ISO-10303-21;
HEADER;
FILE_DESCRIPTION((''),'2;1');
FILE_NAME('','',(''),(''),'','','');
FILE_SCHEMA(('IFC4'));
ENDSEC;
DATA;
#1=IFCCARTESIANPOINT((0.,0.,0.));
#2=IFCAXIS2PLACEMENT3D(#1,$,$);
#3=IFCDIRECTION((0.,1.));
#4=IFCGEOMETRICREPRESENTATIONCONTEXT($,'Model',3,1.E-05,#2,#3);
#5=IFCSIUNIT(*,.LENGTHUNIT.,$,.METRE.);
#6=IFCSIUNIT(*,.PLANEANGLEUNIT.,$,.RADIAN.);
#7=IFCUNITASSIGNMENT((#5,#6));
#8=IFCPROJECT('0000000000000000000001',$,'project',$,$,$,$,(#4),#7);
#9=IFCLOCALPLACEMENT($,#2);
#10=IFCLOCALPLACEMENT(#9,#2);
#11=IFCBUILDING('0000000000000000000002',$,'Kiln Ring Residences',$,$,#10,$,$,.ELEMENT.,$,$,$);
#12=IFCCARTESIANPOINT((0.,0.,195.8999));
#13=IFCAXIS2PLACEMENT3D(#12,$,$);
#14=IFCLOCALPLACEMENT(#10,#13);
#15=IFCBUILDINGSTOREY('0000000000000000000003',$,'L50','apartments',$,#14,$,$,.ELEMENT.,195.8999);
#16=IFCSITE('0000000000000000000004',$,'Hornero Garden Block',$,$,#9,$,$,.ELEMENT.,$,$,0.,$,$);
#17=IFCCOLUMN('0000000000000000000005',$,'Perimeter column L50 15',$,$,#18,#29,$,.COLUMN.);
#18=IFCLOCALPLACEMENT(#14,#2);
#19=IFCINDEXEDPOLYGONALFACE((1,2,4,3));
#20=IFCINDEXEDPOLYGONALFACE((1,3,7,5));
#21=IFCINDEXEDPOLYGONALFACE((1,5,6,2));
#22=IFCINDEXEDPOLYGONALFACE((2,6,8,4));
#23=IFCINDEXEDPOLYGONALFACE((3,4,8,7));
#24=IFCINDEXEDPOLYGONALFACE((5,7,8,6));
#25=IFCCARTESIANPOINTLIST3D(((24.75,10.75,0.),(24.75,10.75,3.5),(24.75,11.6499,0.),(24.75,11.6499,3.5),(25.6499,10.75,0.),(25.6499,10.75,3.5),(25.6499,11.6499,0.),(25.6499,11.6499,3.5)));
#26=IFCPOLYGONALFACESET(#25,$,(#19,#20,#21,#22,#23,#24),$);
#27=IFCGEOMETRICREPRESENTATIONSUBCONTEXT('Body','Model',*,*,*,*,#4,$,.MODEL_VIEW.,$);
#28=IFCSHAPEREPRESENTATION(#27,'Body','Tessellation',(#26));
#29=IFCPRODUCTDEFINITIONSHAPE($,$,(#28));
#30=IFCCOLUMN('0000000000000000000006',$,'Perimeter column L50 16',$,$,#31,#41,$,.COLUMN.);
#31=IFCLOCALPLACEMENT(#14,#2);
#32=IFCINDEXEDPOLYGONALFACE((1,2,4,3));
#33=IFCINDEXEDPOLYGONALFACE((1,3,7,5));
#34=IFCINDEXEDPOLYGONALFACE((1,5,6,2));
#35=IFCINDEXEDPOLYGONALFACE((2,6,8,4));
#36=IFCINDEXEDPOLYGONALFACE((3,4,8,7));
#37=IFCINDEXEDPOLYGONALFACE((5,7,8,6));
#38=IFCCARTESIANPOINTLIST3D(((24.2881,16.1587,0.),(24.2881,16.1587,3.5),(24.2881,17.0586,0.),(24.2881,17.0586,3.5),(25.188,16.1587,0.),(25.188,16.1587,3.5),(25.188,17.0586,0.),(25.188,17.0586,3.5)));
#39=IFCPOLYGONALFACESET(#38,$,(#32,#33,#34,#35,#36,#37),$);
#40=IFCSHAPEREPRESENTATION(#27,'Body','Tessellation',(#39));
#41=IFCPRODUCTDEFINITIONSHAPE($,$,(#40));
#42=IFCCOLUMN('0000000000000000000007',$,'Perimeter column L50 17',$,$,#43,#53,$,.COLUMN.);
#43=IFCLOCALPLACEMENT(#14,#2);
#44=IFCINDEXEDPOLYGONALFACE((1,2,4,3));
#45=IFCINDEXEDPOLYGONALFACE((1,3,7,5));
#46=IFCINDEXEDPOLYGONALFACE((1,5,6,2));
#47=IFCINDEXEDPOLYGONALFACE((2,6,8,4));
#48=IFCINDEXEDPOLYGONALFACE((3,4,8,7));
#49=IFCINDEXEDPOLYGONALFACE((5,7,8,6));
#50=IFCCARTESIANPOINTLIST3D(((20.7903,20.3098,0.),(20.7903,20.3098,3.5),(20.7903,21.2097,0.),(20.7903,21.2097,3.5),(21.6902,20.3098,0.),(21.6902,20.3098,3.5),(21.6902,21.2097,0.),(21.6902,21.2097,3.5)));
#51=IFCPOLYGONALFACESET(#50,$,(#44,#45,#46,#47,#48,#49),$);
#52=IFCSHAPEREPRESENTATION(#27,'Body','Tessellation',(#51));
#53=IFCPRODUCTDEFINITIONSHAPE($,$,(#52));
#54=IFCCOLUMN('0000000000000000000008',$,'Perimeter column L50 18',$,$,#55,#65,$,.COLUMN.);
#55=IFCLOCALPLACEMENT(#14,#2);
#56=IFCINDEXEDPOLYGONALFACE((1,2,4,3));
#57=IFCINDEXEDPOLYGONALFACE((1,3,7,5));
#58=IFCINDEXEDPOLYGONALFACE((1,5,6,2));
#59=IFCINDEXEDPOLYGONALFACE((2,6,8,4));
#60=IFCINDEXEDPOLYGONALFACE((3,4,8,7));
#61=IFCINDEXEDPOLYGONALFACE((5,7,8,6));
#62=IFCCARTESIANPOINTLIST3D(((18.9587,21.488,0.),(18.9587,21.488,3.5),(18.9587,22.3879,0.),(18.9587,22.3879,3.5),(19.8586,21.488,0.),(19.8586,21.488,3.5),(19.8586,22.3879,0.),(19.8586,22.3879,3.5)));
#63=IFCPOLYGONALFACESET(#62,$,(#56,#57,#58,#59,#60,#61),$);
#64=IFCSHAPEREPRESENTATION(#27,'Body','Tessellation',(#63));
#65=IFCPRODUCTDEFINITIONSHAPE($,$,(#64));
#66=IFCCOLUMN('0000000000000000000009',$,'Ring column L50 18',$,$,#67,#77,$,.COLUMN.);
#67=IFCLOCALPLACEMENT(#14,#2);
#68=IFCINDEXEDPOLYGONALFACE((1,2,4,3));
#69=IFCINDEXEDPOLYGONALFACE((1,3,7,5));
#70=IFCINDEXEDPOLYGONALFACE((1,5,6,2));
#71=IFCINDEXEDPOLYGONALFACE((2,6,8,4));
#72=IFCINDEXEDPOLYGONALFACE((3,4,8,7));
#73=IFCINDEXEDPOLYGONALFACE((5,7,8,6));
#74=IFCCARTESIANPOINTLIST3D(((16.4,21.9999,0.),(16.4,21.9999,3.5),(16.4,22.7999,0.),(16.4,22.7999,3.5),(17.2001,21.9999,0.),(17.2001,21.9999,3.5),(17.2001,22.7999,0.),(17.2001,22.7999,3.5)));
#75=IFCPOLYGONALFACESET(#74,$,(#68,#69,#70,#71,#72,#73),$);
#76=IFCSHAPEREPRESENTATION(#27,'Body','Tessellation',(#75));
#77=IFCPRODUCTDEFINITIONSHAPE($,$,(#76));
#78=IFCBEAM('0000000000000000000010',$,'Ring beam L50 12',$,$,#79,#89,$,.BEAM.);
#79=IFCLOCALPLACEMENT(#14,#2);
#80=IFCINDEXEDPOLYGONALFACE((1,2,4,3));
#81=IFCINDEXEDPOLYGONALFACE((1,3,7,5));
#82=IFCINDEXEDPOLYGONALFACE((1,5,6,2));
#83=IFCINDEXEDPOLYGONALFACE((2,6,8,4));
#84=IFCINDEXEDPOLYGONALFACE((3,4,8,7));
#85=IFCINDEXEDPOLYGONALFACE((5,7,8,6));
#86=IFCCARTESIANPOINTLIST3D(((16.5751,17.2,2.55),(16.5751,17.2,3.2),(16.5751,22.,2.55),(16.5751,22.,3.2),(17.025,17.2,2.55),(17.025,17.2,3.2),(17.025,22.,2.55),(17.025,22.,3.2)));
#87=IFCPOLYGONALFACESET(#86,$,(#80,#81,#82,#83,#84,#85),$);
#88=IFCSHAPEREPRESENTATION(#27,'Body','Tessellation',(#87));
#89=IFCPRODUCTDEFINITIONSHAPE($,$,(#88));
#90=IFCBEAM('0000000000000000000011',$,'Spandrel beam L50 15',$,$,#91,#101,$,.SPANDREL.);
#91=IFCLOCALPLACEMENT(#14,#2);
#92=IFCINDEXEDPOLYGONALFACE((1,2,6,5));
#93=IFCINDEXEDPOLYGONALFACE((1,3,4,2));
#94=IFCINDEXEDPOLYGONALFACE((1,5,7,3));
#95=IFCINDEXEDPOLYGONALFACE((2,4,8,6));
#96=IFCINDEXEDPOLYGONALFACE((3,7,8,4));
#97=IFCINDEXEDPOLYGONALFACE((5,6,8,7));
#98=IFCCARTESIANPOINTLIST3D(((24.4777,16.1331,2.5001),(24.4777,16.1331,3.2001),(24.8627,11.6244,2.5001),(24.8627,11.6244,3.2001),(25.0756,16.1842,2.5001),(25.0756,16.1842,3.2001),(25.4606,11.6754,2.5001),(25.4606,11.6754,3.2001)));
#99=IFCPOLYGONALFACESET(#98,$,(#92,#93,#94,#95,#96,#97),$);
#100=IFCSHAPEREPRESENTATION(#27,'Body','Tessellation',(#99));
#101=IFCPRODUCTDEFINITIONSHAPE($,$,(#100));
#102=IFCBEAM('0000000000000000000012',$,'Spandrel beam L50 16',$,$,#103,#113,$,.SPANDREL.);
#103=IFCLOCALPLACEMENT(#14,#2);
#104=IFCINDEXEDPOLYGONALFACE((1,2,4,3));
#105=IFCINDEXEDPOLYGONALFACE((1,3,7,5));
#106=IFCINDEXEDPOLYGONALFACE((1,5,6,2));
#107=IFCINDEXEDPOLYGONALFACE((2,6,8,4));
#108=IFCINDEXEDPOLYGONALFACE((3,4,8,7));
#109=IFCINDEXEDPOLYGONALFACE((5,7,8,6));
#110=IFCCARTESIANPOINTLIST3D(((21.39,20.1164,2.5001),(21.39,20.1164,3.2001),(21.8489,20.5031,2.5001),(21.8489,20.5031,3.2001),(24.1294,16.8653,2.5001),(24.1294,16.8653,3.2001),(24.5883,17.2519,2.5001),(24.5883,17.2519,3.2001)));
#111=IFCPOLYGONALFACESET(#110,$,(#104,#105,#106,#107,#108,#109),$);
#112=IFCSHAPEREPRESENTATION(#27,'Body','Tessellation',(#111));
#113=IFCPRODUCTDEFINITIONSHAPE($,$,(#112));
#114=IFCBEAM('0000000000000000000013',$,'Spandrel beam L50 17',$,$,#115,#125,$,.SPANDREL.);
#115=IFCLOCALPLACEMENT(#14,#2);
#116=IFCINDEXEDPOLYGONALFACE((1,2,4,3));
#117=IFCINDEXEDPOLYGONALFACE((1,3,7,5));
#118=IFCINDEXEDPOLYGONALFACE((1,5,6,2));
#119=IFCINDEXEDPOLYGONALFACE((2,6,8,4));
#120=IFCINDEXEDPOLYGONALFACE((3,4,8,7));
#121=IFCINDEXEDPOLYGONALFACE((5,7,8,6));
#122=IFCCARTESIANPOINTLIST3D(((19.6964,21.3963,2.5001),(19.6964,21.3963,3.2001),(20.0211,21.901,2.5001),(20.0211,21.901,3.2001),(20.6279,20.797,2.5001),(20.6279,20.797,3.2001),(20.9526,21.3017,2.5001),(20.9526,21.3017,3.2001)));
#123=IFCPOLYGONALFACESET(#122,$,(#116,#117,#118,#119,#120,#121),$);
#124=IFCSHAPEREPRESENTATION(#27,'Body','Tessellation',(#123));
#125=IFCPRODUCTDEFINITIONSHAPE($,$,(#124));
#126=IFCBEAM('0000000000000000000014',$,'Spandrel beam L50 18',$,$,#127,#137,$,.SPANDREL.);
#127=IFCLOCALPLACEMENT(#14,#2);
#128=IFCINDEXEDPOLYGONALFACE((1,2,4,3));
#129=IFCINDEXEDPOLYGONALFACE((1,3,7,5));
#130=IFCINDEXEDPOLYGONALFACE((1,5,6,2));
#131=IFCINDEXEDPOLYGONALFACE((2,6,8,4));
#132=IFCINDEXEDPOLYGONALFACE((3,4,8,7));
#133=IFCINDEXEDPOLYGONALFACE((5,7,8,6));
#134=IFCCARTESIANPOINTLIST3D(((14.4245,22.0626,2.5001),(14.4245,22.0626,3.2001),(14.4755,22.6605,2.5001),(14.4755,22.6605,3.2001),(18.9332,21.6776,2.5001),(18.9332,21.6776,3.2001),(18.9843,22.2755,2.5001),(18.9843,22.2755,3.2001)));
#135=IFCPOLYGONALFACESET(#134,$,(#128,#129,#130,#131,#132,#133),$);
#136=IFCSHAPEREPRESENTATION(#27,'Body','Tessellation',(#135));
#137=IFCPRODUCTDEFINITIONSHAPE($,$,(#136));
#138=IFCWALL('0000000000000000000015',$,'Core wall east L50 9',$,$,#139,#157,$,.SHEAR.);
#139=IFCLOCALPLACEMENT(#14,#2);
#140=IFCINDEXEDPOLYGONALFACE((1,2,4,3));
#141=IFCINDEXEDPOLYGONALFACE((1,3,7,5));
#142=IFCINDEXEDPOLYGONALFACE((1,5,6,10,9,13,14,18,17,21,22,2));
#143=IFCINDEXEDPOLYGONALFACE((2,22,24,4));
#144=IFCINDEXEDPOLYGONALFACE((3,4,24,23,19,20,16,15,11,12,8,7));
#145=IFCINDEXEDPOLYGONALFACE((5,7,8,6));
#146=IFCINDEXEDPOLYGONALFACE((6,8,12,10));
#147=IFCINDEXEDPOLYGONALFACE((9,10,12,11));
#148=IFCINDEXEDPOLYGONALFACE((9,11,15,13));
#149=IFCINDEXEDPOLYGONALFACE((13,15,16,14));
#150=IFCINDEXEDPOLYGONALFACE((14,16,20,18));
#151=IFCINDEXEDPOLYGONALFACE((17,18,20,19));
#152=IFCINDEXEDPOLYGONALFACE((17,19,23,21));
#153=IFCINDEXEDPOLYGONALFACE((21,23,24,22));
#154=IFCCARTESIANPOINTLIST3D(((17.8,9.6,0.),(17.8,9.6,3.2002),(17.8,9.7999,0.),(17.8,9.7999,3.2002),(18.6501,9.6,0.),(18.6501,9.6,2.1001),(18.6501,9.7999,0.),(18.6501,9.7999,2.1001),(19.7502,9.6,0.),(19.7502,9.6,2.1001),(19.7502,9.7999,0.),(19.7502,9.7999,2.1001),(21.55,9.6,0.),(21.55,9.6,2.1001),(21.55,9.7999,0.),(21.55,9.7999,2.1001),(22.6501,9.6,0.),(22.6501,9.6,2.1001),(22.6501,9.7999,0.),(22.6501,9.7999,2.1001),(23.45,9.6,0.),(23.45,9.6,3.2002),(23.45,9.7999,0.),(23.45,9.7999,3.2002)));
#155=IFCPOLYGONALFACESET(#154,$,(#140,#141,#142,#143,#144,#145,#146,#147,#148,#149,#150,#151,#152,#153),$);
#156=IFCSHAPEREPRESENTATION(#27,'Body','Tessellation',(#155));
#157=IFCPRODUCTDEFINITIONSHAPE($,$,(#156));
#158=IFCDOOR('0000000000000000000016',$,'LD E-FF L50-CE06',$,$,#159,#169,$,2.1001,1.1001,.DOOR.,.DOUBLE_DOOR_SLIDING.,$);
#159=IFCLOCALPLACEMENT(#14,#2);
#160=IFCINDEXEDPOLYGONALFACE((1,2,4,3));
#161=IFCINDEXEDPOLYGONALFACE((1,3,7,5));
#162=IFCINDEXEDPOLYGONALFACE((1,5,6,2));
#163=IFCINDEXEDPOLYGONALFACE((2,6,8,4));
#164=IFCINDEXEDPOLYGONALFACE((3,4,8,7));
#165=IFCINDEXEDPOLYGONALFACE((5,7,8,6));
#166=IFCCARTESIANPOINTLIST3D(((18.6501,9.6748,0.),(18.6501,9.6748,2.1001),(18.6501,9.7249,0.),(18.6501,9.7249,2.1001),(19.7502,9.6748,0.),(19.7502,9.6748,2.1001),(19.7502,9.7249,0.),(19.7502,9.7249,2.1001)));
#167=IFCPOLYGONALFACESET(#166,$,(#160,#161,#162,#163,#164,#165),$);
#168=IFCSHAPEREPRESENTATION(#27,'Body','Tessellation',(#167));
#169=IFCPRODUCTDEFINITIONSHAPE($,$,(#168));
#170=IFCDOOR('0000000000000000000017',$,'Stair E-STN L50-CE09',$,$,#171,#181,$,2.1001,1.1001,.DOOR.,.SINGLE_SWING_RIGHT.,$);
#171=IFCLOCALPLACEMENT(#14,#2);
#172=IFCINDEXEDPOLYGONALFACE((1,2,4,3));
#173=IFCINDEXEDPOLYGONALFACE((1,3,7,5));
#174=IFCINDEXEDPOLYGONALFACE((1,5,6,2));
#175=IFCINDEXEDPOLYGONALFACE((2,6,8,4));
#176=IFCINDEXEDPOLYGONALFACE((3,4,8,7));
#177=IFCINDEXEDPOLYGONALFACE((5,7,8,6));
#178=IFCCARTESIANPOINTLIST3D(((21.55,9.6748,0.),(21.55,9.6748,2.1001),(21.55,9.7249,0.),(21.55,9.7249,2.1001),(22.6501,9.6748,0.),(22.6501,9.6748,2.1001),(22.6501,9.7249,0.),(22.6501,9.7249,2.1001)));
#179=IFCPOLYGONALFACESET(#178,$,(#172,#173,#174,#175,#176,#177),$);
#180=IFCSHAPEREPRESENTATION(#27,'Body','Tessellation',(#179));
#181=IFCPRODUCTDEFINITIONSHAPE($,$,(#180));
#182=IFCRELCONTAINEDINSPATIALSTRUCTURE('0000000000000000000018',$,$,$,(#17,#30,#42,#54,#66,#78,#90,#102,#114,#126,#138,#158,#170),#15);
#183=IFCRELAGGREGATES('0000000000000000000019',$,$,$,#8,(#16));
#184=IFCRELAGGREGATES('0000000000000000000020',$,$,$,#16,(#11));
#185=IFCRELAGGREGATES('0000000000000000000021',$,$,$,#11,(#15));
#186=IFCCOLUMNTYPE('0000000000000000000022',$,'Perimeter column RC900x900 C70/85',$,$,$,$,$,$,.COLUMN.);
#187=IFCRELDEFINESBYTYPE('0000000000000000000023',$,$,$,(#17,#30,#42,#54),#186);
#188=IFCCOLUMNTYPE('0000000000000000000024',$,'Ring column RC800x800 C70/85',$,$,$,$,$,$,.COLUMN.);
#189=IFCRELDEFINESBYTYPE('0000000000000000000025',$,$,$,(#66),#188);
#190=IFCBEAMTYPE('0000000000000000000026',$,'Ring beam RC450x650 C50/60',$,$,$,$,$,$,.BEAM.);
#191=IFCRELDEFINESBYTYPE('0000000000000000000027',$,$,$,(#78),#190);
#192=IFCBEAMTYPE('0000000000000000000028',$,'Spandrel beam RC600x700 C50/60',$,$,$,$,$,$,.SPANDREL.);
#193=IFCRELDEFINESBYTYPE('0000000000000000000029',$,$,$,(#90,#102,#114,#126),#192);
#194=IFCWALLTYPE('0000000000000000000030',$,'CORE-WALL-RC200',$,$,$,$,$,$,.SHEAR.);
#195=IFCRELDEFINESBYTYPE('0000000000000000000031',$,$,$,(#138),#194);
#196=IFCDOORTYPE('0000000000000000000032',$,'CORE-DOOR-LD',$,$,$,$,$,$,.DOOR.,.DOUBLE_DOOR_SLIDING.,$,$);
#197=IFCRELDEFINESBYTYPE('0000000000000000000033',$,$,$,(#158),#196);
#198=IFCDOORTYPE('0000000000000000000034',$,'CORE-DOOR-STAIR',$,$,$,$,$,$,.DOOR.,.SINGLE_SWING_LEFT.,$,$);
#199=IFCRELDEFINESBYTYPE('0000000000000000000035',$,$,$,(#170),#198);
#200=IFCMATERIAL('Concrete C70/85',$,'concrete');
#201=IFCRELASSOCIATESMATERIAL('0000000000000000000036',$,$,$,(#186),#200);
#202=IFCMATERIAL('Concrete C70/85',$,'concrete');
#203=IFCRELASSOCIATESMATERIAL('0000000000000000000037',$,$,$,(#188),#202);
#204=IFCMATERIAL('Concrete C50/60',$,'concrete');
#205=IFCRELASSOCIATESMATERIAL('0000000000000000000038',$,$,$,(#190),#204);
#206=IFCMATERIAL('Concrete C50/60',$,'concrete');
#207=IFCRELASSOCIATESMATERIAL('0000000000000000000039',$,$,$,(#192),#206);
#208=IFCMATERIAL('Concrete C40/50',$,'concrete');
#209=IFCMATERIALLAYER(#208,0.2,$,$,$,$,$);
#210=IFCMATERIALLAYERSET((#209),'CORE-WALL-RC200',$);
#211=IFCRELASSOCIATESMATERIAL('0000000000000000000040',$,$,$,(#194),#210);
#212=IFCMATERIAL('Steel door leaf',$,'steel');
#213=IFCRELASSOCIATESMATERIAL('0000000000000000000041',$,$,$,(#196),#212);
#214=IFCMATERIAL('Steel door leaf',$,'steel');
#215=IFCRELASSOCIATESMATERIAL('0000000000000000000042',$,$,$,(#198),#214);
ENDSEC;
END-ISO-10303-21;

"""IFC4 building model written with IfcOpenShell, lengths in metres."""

from ifc_helpers import new_model, si_unit, direction, frame, frame_2d, origin, origin_2d, place, context, subcontext, project, spatial, rectangle, extrude, material, layer, layer_set, material_profile, profile_set, type_object, element, fill, save


model = new_model("IFC4")

# Units and contexts
model_context = context("Model", 3, precision=1e-05, world=origin(), true_north=direction((0.0, 1.0)))
body_context = subcontext(model_context, "Body", "Model", "MODEL_VIEW")
ifc_project = project(units=[si_unit("LENGTHUNIT", "METRE"), si_unit("PLANEANGLEUNIT", "RADIAN")], contexts=[model_context])

# Site, building, storey
site_placement = place(None, origin())
site = spatial("IfcSite", under=ifc_project, at=site_placement, Name="Hornero Garden Block", CompositionType="ELEMENT", RefElevation=0.0)
building_placement = place(site_placement, origin())
building = spatial("IfcBuilding", under=site, at=building_placement, Name="Kiln Ring Residences", CompositionType="ELEMENT")
storey_placement = place(building_placement, frame((0.0, 0.0, 195.8999)))
storey = spatial("IfcBuildingStorey", under=building, at=storey_placement, Name="L50", Description="apartments", CompositionType="ELEMENT", Elevation=195.8999)

# Columns
ifc_material_1 = material(Name="Concrete C70/85", Category="concrete")
ifc_material_profile_1 = material_profile(ifc_material_1, rectangle(XDim=0.8999, YDim=0.8999, at=origin_2d()), Name="RC900x900")
ifc_profile_set_1 = profile_set([ifc_material_profile_1], Name="Concrete C70/85")
column_type_1 = type_object("IfcColumnType", Name="Perimeter column RC900x900 C70/85", PredefinedType="COLUMN", material=ifc_profile_set_1)
for number, where, z_axis, x_axis, name in (
    (1, (25.2, 11.2, 0.0), (0.0, 0.0, 1.0), (1.0, 0.0, 0.0), "Perimeter column L50 15"),
    (2, (24.738, 16.6086, 0.0), (0.0, 0.0, 1.0), (1.0, 0.0, 0.0), "Perimeter column L50 16"),
    (3, (21.2402, 20.7598, 0.0), (0.0, 0.0, 1.0), (1.0, 0.0, 0.0), "Perimeter column L50 17"),
    (4, (19.4087, 21.938, 0.0), (0.0, 0.0, 1.0), (1.0, 0.0, 0.0), "Perimeter column L50 18"),
):
    element("IfcColumn", number, at=place(storey_placement, frame(where, z_axis=z_axis, x_axis=x_axis)), inside=storey, type_object=column_type_1, Name=name, PredefinedType="COLUMN", context=body_context, shape_type="SweptSolid", body=[
        extrude(rectangle(XDim=0.8999, YDim=0.8999, at=origin_2d()), origin(), (0.0, 0.0, 1.0), 3.5),
    ])
ifc_material_2 = material(Name="Concrete C70/85", Category="concrete")
ifc_material_profile_2 = material_profile(ifc_material_2, rectangle(XDim=0.8, YDim=0.8, at=origin_2d()), Name="RC800x800")
ifc_profile_set_2 = profile_set([ifc_material_profile_2], Name="Concrete C70/85")
column_type_2 = type_object("IfcColumnType", Name="Ring column RC800x800 C70/85", PredefinedType="COLUMN", material=ifc_profile_set_2)
column_placement = place(storey_placement, frame((16.8, 22.3999, 0.0), z_axis=(0.0, 0.0, 1.0), x_axis=(1.0, 0.0, 0.0)))
element("IfcColumn", 5, at=column_placement, inside=storey, type_object=column_type_2, Name="Ring column L50 18", PredefinedType="COLUMN", context=body_context, shape_type="SweptSolid", body=[
    extrude(rectangle(XDim=0.8, YDim=0.8, at=origin_2d()), origin(), (0.0, 0.0, 1.0), 3.5),
])

# Beams
ifc_material_3 = material(Name="Concrete C50/60", Category="concrete")
ifc_material_profile_3 = material_profile(ifc_material_3, rectangle(XDim=0.45, YDim=0.6499, at=origin_2d()), Name="RC450x650")
ifc_profile_set_3 = profile_set([ifc_material_profile_3], Name="Concrete C50/60")
beam_type_1 = type_object("IfcBeamType", Name="Ring beam RC450x650 C50/60", PredefinedType="BEAM", material=ifc_profile_set_3)
beam_1_placement = place(storey_placement, frame((16.8, 17.2, 2.875), z_axis=(0.0, 1.0, 0.0), x_axis=(-1.0, 0.0, 0.0)))
element("IfcBeam", 6, at=beam_1_placement, inside=storey, type_object=beam_type_1, Name="Ring beam L50 12", PredefinedType="BEAM", context=body_context, shape_type="SweptSolid", body=[
    extrude(rectangle(XDim=0.45, YDim=0.6499, at=origin_2d()), origin(), (0.0, 0.0, 1.0), 4.8),
])
ifc_material_4 = material(Name="Concrete C50/60", Category="concrete")
ifc_material_profile_4 = material_profile(ifc_material_4, rectangle(XDim=0.6001, YDim=0.7, at=origin_2d()), Name="RC600x700")
ifc_profile_set_4 = profile_set([ifc_material_profile_4], Name="Concrete C50/60")
beam_type_2 = type_object("IfcBeamType", Name="Spandrel beam RC600x700 C50/60", PredefinedType="SPANDREL", material=ifc_profile_set_4)
beam_2_placement = place(storey_placement, frame((25.1616, 11.6499, 2.8501), z_axis=(-0.085081, 0.996374, 0.0), x_axis=(-0.996374, -0.085081, 0.0)))
element("IfcBeam", 7, at=beam_2_placement, inside=storey, type_object=beam_type_2, Name="Spandrel beam L50 15", PredefinedType="SPANDREL", context=body_context, shape_type="SweptSolid", body=[
    extrude(rectangle(XDim=0.6001, YDim=0.7, at=origin_2d()), origin(), (0.0, 0.0, 1.0), 4.5251),
])
beam_3_placement = place(storey_placement, frame((24.3589, 17.0586, 2.8501), z_axis=(-0.64436, 0.764722, 0.0), x_axis=(-0.764722, -0.64436, 0.0)))
element("IfcBeam", 8, at=beam_3_placement, inside=storey, type_object=beam_type_2, Name="Spandrel beam L50 16", PredefinedType="SPANDREL", context=body_context, shape_type="SweptSolid", body=[
    extrude(rectangle(XDim=0.6001, YDim=0.7, at=origin_2d()), origin(), (0.0, 0.0, 1.0), 4.2515),
])
beam_4_placement = place(storey_placement, frame((20.7903, 21.0493, 2.8501), z_axis=(-0.840992, 0.541047, 0.0), x_axis=(-0.541047, -0.840992, 0.0)))
element("IfcBeam", 9, at=beam_4_placement, inside=storey, type_object=beam_type_2, Name="Spandrel beam L50 17", PredefinedType="SPANDREL", context=body_context, shape_type="SweptSolid", body=[
    extrude(rectangle(XDim=0.6001, YDim=0.7, at=origin_2d()), origin(), (0.0, 0.0, 1.0), 1.1077),
])
beam_5_placement = place(storey_placement, frame((18.9587, 21.9766, 2.8501), z_axis=(-0.996374, 0.085081, 0.0), x_axis=(-0.085081, -0.996374, 0.0)))
element("IfcBeam", 10, at=beam_5_placement, inside=storey, type_object=beam_type_2, Name="Spandrel beam L50 18", PredefinedType="SPANDREL", context=body_context, shape_type="SweptSolid", body=[
    extrude(rectangle(XDim=0.6001, YDim=0.7, at=origin_2d()), origin(), (0.0, 0.0, 1.0), 4.5251),
])

# Wall, openings, doors
ifc_material_5 = material(Name="Concrete C40/50", Category="concrete")
ifc_layer_1 = layer(ifc_material_5, 0.2)
ifc_layer_set_1 = layer_set([ifc_layer_1], Name="CORE-WALL-RC200")
wall_type_1 = type_object("IfcWallType", Name="CORE-WALL-RC200", PredefinedType="SHEAR", material=ifc_layer_set_1)
wall_1_placement = place(storey_placement, frame((17.8, 9.7, 0.0), z_axis=(0.0, 0.0, 1.0), x_axis=(1.0, 0.0, 0.0)))
wall_1 = element("IfcWall", 11, at=wall_1_placement, inside=storey, type_object=wall_type_1, Name="Core wall east L50 9", PredefinedType="SHEAR", context=body_context, shape_type="SweptSolid", body=[
    extrude(rectangle(XDim=5.6499, YDim=0.2, at=frame_2d((2.825, 0.0))), origin(), (0.0, 0.0, 1.0), 3.2002),
])
opening_1_placement = place(wall_1_placement, frame((0.8501, 0.0, 0.0)))
opening_1 = element("IfcOpeningElement", 12, at=opening_1_placement, cuts=wall_1, PredefinedType="OPENING", context=body_context, shape_type="SweptSolid", body=[
    extrude(rectangle(XDim=1.1001, YDim=2.1001, at=frame_2d((0.55, 1.05))), frame((0.0, 0.1099, 0.0), z_axis=(0.0, -1.0, 0.0), x_axis=(1.0, 0.0, 0.0)), (0.0, 0.0, 1.0), 0.22),
])
opening_2_placement = place(wall_1_placement, frame((3.75, 0.0, 0.0)))
opening_2 = element("IfcOpeningElement", 13, at=opening_2_placement, cuts=wall_1, PredefinedType="OPENING", context=body_context, shape_type="SweptSolid", body=[
    extrude(rectangle(XDim=1.1001, YDim=2.1001, at=frame_2d((0.55, 1.05))), frame((0.0, 0.1099, 0.0), z_axis=(0.0, -1.0, 0.0), x_axis=(1.0, 0.0, 0.0)), (0.0, 0.0, 1.0), 0.22),
])
ifc_material_6 = material(Name="Steel door leaf", Category="steel")
door_type_1 = type_object("IfcDoorType", Name="CORE-DOOR-LD", OperationType="DOUBLE_DOOR_SLIDING", PredefinedType="DOOR", material=ifc_material_6)
door_1_placement = place(opening_1_placement, origin())
door_1 = element("IfcDoor", 14, at=door_1_placement, inside=storey, type_object=door_type_1, Name="LD E-FF L50-CE06", OperationType="DOUBLE_DOOR_SLIDING", OverallHeight=2.1001, OverallWidth=1.1001, PredefinedType="DOOR", context=body_context, shape_type="SweptSolid", body=[
    extrude(rectangle(XDim=1.1001, YDim=2.1001, at=frame_2d((0.55, 1.05))), frame((0.0, 0.0249, 0.0), z_axis=(0.0, -1.0, 0.0), x_axis=(1.0, 0.0, 0.0)), (0.0, 0.0, 1.0), 0.05),
])
fill(opening_1, door_1)
ifc_material_7 = material(Name="Steel door leaf", Category="steel")
door_type_2 = type_object("IfcDoorType", Name="CORE-DOOR-STAIR", OperationType="SINGLE_SWING_LEFT", PredefinedType="DOOR", material=ifc_material_7)
door_2_placement = place(opening_2_placement, origin())
door_2 = element("IfcDoor", 15, at=door_2_placement, inside=storey, type_object=door_type_2, Name="Stair E-STN L50-CE09", OperationType="SINGLE_SWING_RIGHT", OverallHeight=2.1001, OverallWidth=1.1001, PredefinedType="DOOR", context=body_context, shape_type="SweptSolid", body=[
    extrude(rectangle(XDim=1.1001, YDim=2.1001, at=frame_2d((0.55, 1.05))), frame((0.0, 0.0249, 0.0), z_axis=(0.0, -1.0, 0.0), x_axis=(1.0, 0.0, 0.0)), (0.0, 0.0, 1.0), 0.05),
])
fill(opening_2, door_2)

save(model, "model.ifc")
